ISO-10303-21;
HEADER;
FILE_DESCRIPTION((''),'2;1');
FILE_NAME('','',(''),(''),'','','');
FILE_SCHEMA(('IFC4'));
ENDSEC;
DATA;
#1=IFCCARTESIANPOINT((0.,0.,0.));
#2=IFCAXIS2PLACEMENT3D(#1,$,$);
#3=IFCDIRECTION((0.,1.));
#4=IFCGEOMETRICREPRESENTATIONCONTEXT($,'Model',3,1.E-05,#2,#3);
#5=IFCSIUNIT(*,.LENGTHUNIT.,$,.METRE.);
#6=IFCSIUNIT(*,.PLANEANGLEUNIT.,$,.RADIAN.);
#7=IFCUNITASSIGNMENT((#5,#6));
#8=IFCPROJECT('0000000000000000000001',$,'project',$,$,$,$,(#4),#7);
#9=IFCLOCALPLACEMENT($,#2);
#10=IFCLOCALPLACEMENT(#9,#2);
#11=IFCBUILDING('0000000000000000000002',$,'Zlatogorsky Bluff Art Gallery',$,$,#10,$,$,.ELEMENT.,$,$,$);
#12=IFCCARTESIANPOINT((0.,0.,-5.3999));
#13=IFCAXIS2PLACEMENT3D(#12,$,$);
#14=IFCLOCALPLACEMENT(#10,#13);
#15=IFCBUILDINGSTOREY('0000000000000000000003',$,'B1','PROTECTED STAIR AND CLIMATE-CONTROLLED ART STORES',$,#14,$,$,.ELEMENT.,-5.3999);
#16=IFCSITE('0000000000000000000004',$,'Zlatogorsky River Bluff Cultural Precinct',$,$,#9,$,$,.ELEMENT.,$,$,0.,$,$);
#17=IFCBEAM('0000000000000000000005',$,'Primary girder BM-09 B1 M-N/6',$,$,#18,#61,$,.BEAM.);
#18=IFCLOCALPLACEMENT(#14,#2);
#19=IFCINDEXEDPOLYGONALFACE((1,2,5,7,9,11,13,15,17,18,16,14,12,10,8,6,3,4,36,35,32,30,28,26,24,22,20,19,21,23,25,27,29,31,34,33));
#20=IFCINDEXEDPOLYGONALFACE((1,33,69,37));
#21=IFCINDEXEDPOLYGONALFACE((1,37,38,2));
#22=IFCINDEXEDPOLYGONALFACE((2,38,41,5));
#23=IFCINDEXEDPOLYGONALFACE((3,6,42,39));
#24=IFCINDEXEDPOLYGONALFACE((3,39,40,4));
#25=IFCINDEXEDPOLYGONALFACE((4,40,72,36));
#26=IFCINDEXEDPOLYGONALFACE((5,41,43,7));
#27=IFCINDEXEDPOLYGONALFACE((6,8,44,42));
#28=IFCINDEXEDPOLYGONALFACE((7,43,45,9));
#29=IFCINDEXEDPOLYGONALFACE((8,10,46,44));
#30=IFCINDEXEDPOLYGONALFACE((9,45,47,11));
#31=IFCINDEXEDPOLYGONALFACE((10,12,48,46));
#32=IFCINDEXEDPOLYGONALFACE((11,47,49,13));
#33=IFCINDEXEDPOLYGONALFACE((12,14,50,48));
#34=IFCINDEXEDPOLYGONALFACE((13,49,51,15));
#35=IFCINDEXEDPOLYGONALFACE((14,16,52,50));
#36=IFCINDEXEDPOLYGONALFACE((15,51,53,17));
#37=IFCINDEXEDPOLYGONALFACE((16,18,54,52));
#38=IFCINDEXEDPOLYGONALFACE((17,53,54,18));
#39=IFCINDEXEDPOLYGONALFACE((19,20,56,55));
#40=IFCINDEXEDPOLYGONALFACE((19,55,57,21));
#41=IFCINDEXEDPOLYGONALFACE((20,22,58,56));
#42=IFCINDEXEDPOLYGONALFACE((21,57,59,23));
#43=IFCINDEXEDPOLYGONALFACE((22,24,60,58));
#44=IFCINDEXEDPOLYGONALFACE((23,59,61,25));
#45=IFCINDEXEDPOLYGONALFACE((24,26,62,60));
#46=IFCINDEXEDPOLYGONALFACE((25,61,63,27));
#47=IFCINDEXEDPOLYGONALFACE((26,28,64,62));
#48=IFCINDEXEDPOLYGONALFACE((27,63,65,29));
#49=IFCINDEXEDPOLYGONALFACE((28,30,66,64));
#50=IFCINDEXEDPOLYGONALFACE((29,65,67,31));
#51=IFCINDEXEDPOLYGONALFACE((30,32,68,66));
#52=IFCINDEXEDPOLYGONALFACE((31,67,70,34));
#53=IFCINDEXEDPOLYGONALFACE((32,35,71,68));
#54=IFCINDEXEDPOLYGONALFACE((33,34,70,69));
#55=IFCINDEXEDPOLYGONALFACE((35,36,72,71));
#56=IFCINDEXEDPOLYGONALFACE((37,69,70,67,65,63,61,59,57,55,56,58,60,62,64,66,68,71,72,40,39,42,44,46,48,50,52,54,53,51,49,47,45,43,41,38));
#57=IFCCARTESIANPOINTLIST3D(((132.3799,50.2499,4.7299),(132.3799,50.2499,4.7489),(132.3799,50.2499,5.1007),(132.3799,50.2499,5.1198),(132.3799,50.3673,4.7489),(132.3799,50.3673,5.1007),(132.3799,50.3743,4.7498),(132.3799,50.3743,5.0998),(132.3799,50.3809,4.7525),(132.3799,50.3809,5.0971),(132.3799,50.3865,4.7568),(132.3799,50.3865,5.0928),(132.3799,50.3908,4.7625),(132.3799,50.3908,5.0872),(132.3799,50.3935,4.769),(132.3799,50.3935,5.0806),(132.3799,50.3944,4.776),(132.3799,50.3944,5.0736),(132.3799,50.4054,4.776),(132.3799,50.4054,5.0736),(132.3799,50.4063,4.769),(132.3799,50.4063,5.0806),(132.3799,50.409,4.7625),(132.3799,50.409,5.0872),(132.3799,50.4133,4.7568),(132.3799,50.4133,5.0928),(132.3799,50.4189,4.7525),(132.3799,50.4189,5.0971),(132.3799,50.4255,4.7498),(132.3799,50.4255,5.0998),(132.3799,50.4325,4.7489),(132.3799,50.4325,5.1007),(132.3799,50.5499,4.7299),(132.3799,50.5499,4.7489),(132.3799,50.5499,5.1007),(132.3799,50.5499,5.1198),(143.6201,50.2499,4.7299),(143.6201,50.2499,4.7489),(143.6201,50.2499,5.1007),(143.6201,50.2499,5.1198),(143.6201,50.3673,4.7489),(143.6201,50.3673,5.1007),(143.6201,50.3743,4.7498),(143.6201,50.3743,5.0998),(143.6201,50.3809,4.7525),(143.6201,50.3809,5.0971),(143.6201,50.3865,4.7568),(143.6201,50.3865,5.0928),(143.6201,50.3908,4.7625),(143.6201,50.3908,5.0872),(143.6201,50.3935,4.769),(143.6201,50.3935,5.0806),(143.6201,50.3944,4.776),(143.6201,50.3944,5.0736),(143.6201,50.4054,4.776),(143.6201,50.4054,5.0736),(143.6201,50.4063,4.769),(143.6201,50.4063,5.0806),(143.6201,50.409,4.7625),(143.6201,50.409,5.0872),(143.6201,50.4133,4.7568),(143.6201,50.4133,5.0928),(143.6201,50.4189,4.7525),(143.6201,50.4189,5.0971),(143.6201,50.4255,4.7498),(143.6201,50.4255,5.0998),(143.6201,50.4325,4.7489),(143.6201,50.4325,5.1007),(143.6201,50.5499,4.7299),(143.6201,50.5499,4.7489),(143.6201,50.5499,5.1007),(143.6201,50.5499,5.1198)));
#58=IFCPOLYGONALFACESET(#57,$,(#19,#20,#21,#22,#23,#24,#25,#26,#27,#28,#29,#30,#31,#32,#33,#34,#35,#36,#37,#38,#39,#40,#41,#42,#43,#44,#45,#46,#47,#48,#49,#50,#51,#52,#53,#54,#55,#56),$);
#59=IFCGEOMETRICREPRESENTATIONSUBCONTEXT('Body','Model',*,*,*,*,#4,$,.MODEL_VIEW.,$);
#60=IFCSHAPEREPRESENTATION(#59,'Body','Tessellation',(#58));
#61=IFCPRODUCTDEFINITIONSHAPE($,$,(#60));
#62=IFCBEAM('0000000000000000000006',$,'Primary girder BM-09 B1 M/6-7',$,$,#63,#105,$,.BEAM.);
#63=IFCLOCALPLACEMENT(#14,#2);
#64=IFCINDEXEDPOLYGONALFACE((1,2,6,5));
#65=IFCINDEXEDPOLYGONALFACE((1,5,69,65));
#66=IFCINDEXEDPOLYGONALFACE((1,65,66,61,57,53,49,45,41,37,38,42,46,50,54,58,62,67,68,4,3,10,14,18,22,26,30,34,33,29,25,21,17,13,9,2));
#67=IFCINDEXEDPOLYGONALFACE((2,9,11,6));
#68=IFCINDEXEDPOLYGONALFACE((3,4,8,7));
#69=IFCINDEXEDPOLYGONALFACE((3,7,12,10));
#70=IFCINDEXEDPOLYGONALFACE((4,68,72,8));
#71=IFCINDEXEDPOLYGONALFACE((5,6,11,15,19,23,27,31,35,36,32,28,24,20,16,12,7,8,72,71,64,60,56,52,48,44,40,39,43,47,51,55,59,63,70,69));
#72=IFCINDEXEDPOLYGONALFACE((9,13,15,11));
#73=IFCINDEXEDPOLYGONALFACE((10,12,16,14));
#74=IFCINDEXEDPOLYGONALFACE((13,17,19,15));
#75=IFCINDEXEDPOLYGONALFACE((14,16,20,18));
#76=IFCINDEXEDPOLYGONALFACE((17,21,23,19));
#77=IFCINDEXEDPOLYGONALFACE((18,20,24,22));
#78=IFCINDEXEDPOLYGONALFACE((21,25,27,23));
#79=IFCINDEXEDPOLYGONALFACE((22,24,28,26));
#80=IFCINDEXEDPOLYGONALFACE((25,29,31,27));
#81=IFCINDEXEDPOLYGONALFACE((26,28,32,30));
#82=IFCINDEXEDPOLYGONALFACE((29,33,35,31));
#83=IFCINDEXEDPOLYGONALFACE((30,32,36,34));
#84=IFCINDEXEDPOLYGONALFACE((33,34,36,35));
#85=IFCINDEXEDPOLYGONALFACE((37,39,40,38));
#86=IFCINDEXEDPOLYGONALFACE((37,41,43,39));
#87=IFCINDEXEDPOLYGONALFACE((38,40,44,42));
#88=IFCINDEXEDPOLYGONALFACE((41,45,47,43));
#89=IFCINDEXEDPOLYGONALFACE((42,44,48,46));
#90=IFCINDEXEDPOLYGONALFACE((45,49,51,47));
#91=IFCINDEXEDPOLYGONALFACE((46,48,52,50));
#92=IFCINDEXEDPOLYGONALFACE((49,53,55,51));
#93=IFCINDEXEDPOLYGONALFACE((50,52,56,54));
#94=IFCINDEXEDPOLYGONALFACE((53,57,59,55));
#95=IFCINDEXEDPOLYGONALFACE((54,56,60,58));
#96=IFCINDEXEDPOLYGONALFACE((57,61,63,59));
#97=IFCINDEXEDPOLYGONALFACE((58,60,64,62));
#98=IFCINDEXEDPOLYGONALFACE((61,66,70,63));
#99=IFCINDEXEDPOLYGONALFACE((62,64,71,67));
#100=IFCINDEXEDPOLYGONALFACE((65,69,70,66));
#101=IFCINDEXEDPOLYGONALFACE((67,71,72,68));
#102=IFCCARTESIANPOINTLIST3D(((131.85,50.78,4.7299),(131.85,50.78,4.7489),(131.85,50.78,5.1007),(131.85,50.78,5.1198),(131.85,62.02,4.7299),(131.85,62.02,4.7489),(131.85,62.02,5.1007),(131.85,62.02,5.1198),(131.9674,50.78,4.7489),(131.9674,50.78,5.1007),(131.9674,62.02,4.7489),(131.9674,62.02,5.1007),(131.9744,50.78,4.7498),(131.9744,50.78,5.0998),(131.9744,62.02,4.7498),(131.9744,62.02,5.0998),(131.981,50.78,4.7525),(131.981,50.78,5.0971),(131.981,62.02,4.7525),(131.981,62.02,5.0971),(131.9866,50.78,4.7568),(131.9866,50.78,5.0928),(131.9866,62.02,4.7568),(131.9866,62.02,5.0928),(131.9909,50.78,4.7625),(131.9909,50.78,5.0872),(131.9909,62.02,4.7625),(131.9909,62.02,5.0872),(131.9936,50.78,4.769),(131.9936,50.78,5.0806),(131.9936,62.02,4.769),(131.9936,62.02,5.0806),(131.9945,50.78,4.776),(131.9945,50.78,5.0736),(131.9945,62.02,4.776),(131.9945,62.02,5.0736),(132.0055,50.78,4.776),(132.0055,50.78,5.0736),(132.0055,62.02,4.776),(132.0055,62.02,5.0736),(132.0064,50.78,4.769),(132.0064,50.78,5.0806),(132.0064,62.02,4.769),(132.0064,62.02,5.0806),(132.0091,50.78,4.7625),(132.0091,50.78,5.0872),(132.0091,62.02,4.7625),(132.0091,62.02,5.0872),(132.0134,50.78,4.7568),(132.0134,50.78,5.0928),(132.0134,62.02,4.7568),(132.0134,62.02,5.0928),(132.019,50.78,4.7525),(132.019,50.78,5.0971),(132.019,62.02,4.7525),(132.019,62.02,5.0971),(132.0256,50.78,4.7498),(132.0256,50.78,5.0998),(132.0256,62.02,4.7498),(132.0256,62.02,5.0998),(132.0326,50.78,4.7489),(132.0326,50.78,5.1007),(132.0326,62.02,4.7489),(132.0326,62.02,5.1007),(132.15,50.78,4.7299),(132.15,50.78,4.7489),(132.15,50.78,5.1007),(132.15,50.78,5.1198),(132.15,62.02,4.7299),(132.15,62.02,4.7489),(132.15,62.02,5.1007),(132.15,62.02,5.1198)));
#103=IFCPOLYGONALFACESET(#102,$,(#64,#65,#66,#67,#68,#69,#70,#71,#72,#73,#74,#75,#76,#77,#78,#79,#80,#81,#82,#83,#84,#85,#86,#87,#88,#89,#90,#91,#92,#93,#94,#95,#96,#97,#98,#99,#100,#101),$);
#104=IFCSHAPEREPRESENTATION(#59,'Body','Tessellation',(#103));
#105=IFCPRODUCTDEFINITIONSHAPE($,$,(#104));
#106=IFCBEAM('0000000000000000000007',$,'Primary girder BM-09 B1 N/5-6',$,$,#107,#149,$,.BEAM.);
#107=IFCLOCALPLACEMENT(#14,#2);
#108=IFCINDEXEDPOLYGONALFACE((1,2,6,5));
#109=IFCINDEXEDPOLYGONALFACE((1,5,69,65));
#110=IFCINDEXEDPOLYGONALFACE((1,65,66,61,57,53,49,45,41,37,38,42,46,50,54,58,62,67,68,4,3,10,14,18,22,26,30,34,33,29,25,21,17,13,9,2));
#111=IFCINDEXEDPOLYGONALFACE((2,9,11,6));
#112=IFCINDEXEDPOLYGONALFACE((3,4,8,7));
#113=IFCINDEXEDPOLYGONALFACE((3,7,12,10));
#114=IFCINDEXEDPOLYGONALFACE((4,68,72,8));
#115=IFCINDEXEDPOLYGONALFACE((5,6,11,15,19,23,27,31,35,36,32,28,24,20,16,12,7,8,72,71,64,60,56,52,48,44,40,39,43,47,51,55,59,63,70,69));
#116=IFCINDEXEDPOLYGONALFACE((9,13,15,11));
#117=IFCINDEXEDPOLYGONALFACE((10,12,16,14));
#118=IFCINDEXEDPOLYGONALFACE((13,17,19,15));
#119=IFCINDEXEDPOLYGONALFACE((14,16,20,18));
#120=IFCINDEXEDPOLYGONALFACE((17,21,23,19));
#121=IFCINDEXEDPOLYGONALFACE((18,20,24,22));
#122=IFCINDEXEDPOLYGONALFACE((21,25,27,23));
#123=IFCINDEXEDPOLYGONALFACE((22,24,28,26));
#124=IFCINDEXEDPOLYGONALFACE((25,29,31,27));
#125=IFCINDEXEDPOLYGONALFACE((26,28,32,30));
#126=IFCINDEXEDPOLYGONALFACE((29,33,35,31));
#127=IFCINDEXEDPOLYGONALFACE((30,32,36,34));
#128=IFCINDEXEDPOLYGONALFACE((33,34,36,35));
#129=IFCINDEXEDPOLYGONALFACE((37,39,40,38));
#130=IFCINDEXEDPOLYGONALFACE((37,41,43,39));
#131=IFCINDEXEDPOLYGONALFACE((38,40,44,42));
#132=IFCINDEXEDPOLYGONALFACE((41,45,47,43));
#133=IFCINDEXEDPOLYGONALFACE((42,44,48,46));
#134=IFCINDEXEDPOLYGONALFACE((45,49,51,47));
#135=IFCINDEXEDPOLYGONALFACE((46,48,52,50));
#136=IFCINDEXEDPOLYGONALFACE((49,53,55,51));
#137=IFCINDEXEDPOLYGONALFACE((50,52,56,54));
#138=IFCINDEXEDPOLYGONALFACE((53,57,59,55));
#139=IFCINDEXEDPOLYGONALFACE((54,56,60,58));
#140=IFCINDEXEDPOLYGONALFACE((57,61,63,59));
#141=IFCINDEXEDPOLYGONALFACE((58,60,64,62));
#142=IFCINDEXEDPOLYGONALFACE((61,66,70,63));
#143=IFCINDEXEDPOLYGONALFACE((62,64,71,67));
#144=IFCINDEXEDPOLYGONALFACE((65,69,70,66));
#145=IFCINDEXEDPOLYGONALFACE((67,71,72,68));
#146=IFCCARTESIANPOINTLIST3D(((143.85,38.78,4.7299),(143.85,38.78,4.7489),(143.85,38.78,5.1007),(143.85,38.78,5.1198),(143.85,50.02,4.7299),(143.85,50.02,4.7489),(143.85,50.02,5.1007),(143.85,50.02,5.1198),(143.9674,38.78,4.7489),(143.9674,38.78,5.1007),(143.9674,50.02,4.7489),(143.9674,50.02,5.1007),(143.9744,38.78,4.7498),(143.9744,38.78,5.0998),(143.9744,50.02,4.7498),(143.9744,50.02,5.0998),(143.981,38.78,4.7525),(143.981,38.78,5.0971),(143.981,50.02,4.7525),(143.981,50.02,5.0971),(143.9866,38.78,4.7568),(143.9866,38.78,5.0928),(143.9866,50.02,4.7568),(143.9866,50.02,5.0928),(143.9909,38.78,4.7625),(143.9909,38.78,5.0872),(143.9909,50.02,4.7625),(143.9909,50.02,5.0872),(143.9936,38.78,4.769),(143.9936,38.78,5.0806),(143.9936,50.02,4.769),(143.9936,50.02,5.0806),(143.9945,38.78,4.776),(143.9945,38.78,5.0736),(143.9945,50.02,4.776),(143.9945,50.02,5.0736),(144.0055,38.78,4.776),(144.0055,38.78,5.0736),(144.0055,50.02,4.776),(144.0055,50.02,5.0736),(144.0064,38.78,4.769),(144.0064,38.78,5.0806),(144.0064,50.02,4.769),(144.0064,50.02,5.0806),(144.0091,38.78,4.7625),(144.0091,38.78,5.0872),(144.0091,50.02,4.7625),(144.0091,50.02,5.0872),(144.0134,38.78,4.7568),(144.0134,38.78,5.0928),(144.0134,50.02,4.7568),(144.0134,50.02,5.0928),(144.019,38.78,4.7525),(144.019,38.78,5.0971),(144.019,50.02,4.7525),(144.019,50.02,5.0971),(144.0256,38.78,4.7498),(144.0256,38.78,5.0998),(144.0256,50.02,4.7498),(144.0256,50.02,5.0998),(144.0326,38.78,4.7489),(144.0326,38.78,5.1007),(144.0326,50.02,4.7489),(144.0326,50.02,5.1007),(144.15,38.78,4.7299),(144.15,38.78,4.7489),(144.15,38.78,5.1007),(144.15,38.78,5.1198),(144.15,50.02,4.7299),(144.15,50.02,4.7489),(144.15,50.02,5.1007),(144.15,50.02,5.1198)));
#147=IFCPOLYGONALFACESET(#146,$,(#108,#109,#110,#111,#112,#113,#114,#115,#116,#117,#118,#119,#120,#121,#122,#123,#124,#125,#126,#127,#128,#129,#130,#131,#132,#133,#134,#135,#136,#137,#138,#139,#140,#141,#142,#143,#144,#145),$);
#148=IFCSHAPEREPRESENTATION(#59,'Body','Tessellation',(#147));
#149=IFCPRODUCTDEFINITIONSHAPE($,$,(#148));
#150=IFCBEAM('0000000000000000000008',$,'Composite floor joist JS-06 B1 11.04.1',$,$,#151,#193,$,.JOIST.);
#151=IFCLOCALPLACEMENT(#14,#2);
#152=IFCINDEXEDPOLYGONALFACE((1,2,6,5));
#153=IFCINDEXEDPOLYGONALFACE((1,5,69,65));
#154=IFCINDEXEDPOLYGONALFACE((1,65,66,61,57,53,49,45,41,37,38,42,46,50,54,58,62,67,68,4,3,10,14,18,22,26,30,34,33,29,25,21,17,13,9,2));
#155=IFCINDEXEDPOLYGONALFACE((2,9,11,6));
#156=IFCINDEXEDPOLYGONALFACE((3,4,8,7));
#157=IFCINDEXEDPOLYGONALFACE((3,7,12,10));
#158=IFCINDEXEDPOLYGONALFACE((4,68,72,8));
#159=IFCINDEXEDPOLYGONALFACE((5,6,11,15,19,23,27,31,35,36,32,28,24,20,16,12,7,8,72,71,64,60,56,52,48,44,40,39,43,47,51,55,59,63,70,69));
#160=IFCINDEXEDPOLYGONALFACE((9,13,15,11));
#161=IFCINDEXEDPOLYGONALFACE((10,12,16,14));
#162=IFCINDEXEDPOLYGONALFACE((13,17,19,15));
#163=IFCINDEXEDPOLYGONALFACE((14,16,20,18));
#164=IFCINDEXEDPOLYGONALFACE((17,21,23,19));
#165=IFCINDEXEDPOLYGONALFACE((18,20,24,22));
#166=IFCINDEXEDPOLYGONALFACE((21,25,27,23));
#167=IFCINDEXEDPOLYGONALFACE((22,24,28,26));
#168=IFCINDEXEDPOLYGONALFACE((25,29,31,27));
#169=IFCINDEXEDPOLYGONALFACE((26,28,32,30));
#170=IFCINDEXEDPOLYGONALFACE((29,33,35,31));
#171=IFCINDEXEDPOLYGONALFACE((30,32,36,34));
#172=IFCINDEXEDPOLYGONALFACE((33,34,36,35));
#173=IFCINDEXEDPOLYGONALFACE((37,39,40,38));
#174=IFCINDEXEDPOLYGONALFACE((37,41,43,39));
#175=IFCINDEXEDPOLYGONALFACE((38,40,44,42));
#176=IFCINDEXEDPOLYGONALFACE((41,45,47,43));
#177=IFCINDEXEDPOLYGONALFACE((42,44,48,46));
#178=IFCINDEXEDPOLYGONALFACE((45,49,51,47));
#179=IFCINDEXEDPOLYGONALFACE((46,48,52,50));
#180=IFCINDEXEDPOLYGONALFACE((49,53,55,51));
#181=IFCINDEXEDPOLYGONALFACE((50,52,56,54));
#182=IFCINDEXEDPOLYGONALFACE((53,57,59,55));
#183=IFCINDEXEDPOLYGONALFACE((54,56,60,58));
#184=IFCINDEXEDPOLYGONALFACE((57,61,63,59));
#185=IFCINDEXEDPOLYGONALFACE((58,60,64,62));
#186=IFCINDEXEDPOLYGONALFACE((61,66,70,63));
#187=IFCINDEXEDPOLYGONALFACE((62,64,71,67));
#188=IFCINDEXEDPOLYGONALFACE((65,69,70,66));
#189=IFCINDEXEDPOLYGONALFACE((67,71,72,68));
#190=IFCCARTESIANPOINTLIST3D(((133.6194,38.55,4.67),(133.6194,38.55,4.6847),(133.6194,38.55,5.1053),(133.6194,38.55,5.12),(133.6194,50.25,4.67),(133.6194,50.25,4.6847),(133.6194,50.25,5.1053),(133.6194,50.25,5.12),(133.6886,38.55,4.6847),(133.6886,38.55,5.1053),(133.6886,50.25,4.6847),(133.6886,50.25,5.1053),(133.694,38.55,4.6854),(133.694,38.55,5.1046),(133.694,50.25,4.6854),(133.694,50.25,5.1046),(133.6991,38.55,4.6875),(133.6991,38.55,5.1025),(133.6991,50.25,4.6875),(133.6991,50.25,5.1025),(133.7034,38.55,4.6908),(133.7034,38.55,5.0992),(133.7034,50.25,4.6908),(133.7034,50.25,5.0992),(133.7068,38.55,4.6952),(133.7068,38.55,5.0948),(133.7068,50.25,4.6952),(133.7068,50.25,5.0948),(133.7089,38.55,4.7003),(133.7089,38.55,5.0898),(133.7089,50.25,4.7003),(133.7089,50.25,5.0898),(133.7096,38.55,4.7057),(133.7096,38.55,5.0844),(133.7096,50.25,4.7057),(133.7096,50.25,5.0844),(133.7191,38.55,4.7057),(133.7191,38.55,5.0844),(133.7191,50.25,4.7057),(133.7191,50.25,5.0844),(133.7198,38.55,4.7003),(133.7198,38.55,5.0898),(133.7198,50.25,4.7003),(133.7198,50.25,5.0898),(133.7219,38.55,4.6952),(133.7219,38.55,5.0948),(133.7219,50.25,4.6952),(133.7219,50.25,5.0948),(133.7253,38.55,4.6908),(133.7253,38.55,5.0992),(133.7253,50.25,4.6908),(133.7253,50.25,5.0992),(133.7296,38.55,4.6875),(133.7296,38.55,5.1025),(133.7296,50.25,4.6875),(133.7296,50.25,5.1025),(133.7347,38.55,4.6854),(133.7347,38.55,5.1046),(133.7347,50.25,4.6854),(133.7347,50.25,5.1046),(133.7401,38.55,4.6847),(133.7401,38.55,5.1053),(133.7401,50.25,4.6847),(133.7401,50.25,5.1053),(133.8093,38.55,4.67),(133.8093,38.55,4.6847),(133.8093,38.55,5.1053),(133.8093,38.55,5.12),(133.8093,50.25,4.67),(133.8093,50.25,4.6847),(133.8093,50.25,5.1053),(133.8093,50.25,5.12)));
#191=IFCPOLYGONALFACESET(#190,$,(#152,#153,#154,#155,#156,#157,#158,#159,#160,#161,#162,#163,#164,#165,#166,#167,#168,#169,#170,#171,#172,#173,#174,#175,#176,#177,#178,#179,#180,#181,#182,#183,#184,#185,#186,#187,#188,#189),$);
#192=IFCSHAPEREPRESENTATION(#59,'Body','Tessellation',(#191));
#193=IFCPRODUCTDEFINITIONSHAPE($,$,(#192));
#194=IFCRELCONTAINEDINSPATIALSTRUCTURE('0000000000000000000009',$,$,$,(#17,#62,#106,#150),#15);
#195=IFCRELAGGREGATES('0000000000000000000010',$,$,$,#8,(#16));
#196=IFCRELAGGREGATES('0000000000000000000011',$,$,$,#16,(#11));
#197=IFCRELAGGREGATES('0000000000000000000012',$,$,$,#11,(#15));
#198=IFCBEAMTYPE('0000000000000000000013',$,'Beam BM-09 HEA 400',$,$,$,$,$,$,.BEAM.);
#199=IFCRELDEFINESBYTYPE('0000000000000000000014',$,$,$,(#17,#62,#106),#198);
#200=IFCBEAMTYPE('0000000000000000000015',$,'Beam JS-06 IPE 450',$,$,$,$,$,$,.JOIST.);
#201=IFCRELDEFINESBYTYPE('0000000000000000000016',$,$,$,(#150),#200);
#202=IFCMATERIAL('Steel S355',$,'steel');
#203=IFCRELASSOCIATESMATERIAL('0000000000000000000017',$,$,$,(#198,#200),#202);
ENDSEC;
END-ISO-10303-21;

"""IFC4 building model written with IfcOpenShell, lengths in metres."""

from ifc_helpers import new_model, si_unit, direction, frame, origin, origin_2d, place, context, subcontext, project, spatial, i_section, extrude, material, material_profile, profile_set, type_object, element, save


model = new_model("IFC4")

# Units and contexts
model_context = context("Model", 3, precision=1e-05, world=origin(), true_north=direction((0.0, 1.0)))
body_context = subcontext(model_context, "Body", "Model", "MODEL_VIEW")
ifc_project = project(units=[si_unit("LENGTHUNIT", "METRE"), si_unit("PLANEANGLEUNIT", "RADIAN")], contexts=[model_context])

# Site, building, storey
site_placement = place(None, origin())
site = spatial("IfcSite", under=ifc_project, at=site_placement, Name="Zlatogorsky River Bluff Cultural Precinct", CompositionType="ELEMENT", RefElevation=0.0)
building_placement = place(site_placement, origin())
building = spatial("IfcBuilding", under=site, at=building_placement, Name="Zlatogorsky Bluff Art Gallery", CompositionType="ELEMENT")
storey_placement = place(building_placement, frame((0.0, 0.0, -5.3999)))
storey = spatial("IfcBuildingStorey", under=building, at=storey_placement, Name="B1", Description="PROTECTED STAIR AND CLIMATE-CONTROLLED ART STORES", CompositionType="ELEMENT", Elevation=-5.3999)

# Beams
ifc_material_1 = material(Name="Steel S355", Category="steel")
ifc_material_profile_1 = material_profile(ifc_material_1, i_section(OverallWidth=0.3, OverallDepth=0.3899, WebThickness=0.011, FlangeThickness=0.019, FilletRadius=0.0271, at=origin_2d()), Name="HEA 400")
ifc_profile_set_1 = profile_set([ifc_material_profile_1], Name="Steel S355")
beam_type_1 = type_object("IfcBeamType", Name="Beam BM-09 HEA 400", PredefinedType="BEAM", material=ifc_profile_set_1)
beam_placement = place(storey_placement, frame((132.3799, 50.3999, 4.9248), z_axis=(1.0, 0.0, 0.0), x_axis=(0.0, 1.0, 0.0)))
element("IfcBeam", 1, at=beam_placement, inside=storey, type_object=beam_type_1, Name="Primary girder BM-09 B1 M-N/6", PredefinedType="BEAM", context=body_context, shape_type="SweptSolid", body=[
    extrude(i_section(OverallWidth=0.3, OverallDepth=0.3899, WebThickness=0.011, FlangeThickness=0.019, FilletRadius=0.0271, at=origin_2d()), origin(), (0.0, 0.0, 1.0), 11.2402),
])
for number, where, z_axis, x_axis, name in (
    (2, (132.0, 50.78, 4.9248), (0.0, 1.0, 0.0), (-1.0, 0.0, 0.0), "Primary girder BM-09 B1 M/6-7"),
    (3, (144.0, 38.78, 4.9248), (0.0, 1.0, 0.0), (-1.0, 0.0, 0.0), "Primary girder BM-09 B1 N/5-6"),
):
    element("IfcBeam", number, at=place(storey_placement, frame(where, z_axis=z_axis, x_axis=x_axis)), inside=storey, type_object=beam_type_1, Name=name, PredefinedType="BEAM", context=body_context, shape_type="SweptSolid", body=[
        extrude(i_section(OverallWidth=0.3, OverallDepth=0.3899, WebThickness=0.011, FlangeThickness=0.019, FilletRadius=0.0271, at=origin_2d()), origin(), (0.0, 0.0, 1.0), 11.24),
    ])
ifc_material_profile_2 = material_profile(ifc_material_1, i_section(OverallWidth=0.1899, OverallDepth=0.45, WebThickness=0.0095, FlangeThickness=0.0146, FilletRadius=0.021, at=origin_2d()), Name="IPE 450")
ifc_profile_set_2 = profile_set([ifc_material_profile_2], Name="Steel S355")
beam_type_2 = type_object("IfcBeamType", Name="Beam JS-06 IPE 450", PredefinedType="JOIST", material=ifc_profile_set_2)
for number, where, z_axis, x_axis, name in (
    (4, (133.7144, 38.55, 4.895), (0.0, 1.0, 0.0), (-1.0, 0.0, 0.0), "Composite floor joist JS-06 B1 11.04.1"),
):
    element("IfcBeam", number, at=place(storey_placement, frame(where, z_axis=z_axis, x_axis=x_axis)), inside=storey, type_object=beam_type_2, Name=name, PredefinedType="JOIST", context=body_context, shape_type="SweptSolid", body=[
        extrude(i_section(OverallWidth=0.1899, OverallDepth=0.45, WebThickness=0.0095, FlangeThickness=0.0146, FilletRadius=0.021, at=origin_2d()), origin(), (0.0, 0.0, 1.0), 11.7),
    ])

save(model, "model.ifc")
